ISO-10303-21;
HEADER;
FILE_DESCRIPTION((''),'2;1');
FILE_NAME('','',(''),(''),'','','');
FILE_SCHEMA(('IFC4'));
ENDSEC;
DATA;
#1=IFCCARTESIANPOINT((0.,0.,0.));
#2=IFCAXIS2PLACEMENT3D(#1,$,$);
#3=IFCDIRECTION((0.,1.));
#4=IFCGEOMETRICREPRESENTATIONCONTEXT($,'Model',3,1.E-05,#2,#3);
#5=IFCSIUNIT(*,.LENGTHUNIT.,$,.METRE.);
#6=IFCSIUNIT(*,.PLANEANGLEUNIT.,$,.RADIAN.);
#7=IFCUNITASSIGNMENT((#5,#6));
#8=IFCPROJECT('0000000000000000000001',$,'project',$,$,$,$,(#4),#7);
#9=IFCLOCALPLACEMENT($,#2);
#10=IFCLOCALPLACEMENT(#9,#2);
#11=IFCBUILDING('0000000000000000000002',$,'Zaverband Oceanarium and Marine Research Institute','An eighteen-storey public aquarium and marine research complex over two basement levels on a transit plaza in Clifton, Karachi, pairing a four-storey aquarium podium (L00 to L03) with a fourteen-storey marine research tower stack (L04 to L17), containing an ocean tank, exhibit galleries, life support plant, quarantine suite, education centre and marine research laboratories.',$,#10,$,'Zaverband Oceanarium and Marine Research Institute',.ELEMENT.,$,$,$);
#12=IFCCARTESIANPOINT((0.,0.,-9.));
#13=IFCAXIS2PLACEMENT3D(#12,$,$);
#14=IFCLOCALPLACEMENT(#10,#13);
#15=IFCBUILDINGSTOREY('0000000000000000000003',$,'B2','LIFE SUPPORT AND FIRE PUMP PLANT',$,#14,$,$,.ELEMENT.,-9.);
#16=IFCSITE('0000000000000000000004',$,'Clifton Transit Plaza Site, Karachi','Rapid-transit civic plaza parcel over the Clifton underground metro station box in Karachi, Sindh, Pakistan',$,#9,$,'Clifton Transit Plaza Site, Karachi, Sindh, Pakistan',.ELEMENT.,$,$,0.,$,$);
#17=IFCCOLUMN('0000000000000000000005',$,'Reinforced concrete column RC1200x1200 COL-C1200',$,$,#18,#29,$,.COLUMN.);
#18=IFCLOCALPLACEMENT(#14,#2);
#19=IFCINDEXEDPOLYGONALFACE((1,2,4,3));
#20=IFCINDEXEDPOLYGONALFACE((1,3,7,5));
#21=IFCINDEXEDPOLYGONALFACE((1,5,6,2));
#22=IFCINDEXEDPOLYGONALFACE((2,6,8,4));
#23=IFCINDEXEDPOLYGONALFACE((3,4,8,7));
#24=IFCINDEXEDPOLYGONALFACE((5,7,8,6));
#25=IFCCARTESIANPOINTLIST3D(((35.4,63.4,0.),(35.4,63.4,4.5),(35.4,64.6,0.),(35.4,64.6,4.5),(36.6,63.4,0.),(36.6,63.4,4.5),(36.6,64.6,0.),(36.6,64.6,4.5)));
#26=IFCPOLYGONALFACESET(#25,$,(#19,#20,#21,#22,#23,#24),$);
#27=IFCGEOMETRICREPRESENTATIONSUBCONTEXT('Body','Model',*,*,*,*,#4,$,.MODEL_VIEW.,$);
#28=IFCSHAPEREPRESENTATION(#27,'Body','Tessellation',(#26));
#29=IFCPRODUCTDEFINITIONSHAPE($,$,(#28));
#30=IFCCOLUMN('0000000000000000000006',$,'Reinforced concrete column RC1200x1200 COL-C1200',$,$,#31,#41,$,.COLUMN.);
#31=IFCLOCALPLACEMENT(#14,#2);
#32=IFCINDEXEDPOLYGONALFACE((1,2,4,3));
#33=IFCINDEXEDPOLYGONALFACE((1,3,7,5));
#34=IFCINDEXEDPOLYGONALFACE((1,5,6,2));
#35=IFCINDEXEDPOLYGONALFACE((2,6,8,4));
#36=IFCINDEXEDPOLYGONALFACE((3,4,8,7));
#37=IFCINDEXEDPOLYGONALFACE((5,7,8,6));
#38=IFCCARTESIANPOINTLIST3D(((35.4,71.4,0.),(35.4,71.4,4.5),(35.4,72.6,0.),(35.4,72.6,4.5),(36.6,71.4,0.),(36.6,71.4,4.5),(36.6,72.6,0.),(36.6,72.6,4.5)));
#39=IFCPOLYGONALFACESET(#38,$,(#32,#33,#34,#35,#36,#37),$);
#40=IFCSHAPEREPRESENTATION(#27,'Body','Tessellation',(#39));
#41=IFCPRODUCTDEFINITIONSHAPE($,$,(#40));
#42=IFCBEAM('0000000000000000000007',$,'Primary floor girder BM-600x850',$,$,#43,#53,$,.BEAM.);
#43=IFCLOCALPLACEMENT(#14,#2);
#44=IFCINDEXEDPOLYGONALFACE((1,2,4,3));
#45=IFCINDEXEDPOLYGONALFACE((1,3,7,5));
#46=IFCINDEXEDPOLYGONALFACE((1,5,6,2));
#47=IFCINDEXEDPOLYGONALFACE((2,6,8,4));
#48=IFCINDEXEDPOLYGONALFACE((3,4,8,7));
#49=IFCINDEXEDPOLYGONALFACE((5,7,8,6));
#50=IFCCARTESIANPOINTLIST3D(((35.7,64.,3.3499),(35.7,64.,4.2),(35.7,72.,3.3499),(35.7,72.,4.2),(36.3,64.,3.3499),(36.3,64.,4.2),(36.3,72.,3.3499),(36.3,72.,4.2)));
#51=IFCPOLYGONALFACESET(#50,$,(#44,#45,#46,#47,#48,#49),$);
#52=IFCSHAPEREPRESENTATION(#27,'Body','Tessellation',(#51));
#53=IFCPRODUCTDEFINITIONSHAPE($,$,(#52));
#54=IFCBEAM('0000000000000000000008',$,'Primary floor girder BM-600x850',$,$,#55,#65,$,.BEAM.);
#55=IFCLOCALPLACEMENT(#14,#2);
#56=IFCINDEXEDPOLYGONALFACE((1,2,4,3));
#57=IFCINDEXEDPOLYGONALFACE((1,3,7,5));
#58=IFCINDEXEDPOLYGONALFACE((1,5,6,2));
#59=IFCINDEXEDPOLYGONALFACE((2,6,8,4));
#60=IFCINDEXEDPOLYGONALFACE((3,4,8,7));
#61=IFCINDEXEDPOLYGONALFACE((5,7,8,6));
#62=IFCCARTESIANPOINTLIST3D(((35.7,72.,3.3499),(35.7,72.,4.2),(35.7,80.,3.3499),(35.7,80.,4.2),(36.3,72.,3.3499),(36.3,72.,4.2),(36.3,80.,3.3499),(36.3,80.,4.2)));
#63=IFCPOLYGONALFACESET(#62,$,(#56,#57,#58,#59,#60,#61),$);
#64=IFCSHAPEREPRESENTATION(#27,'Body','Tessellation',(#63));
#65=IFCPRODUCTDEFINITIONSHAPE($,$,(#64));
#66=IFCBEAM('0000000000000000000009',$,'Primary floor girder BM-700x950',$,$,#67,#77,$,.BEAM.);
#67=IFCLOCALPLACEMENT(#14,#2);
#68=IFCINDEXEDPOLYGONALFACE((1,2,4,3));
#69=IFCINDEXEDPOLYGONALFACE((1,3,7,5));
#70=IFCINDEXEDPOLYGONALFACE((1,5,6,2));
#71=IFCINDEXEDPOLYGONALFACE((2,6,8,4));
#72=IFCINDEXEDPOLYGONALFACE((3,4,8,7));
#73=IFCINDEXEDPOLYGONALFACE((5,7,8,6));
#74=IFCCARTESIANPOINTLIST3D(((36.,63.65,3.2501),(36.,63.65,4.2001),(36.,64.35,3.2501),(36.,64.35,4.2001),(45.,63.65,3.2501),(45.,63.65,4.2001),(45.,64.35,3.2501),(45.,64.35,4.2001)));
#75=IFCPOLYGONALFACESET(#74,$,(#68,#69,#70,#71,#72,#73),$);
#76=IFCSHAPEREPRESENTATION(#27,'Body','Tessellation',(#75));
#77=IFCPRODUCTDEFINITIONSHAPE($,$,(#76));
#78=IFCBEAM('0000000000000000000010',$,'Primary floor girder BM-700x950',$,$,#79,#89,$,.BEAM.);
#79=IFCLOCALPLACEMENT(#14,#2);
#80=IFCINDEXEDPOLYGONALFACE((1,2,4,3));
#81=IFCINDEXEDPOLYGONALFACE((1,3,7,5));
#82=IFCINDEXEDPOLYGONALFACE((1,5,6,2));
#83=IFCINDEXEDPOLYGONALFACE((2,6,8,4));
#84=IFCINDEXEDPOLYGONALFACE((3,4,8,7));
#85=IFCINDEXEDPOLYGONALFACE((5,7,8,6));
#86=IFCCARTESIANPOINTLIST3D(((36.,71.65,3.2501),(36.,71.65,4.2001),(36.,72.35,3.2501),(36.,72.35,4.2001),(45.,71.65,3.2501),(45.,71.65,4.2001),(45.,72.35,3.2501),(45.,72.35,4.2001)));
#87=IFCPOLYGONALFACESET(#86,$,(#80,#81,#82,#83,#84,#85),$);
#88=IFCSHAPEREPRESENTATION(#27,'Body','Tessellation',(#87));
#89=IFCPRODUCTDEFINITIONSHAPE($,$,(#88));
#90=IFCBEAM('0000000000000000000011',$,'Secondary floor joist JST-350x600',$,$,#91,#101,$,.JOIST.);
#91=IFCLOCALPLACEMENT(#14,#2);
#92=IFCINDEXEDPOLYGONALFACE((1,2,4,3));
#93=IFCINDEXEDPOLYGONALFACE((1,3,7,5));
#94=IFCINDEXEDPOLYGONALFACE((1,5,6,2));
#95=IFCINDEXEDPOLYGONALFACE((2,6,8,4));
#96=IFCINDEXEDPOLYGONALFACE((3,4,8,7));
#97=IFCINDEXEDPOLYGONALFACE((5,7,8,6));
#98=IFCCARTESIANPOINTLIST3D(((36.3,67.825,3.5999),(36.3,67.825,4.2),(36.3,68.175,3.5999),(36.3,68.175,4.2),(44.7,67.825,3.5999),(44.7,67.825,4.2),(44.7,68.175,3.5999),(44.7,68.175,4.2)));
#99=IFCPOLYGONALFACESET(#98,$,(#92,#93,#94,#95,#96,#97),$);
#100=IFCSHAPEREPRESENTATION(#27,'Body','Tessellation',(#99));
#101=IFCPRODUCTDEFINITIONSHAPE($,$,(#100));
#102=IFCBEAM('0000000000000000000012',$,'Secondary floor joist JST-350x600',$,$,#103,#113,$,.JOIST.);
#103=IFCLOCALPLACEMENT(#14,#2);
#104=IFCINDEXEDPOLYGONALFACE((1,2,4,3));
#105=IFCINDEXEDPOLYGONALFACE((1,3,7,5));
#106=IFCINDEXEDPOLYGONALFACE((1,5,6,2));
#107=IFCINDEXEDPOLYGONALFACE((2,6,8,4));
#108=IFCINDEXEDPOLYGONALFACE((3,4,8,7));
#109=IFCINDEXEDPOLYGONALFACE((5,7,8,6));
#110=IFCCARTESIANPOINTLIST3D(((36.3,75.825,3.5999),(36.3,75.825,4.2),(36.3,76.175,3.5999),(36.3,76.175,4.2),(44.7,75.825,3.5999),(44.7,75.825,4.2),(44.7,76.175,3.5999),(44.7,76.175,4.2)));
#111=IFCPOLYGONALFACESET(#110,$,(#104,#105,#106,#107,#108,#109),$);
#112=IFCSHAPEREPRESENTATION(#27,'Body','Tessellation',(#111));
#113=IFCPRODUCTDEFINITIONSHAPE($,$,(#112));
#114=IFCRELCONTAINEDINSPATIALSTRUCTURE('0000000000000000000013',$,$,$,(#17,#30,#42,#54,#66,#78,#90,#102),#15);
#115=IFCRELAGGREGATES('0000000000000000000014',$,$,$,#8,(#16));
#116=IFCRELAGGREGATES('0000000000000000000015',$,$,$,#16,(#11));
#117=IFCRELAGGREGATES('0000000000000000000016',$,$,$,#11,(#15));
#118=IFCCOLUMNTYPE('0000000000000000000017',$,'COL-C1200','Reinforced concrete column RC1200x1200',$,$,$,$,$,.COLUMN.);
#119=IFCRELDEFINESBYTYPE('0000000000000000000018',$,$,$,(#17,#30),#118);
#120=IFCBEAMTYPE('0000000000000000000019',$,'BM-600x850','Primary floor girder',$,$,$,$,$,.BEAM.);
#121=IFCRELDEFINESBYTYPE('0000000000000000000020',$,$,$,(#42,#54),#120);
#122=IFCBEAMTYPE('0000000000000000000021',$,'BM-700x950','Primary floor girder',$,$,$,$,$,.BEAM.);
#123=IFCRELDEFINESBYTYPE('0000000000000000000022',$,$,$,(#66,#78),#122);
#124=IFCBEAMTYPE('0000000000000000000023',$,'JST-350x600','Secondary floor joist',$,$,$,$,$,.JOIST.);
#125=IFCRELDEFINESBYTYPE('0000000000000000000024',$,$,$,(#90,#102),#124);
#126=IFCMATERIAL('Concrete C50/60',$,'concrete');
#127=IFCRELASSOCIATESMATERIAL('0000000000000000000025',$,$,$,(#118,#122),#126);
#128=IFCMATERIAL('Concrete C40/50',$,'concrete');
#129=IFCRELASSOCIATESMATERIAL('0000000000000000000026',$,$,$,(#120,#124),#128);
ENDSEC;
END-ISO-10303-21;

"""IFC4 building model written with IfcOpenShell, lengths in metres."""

from ifc_helpers import new_model, si_unit, direction, frame, origin, origin_2d, place, context, subcontext, project, spatial, rectangle, extrude, material, material_profile, profile_set, type_object, element, save


model = new_model("IFC4")

# Units and contexts
model_context = context("Model", 3, precision=1e-05, world=origin(), true_north=direction((0.0, 1.0)))
body_context = subcontext(model_context, "Body", "Model", "MODEL_VIEW")
ifc_project = project(units=[si_unit("LENGTHUNIT", "METRE"), si_unit("PLANEANGLEUNIT", "RADIAN")], contexts=[model_context])

# Site, building, storey
site_placement = place(None, origin())
site = spatial("IfcSite", under=ifc_project, at=site_placement, Name="Clifton Transit Plaza Site, Karachi", Description="Rapid-transit civic plaza parcel over the Clifton underground metro station box in Karachi, Sindh, Pakistan", LongName="Clifton Transit Plaza Site, Karachi, Sindh, Pakistan", CompositionType="ELEMENT", RefElevation=0.0)
building_placement = place(site_placement, origin())
building = spatial("IfcBuilding", under=site, at=building_placement, Name="Zaverband Oceanarium and Marine Research Institute", Description="An eighteen-storey public aquarium and marine research complex over two basement levels on a transit plaza in Clifton, Karachi, pairing a four-storey aquarium podium (L00 to L03) with a fourteen-storey marine research tower stack (L04 to L17), containing an ocean tank, exhibit galleries, life support plant, quarantine suite, education centre and marine research laboratories.", LongName="Zaverband Oceanarium and Marine Research Institute", CompositionType="ELEMENT")
storey_placement = place(building_placement, frame((0.0, 0.0, -9.0)))
storey = spatial("IfcBuildingStorey", under=building, at=storey_placement, Name="B2", Description="LIFE SUPPORT AND FIRE PUMP PLANT", CompositionType="ELEMENT", Elevation=-9.0)

# Shared definitions
ifc_material_1 = material(Name="Concrete C50/60", Category="concrete")

# Columns
ifc_material_profile_1 = material_profile(ifc_material_1, rectangle(XDim=1.2, YDim=1.2, at=origin_2d()), Name="RC1200x1200")
ifc_profile_set_1 = profile_set([ifc_material_profile_1], Name="Concrete C50/60")
column_type = type_object("IfcColumnType", Name="COL-C1200", Description="Reinforced concrete column RC1200x1200", PredefinedType="COLUMN", material=ifc_profile_set_1)
for number, where, z_axis, x_axis, name in (
    (1, (36.0, 64.0, 0.0), (0.0, 0.0, 1.0), (1.0, 0.0, 0.0), "Reinforced concrete column RC1200x1200 COL-C1200"),
    (2, (36.0, 72.0, 0.0), (0.0, 0.0, 1.0), (1.0, 0.0, 0.0), "Reinforced concrete column RC1200x1200 COL-C1200"),
):
    element("IfcColumn", number, at=place(storey_placement, frame(where, z_axis=z_axis, x_axis=x_axis)), inside=storey, type_object=column_type, Name=name, PredefinedType="COLUMN", context=body_context, shape_type="SweptSolid", body=[
        extrude(rectangle(XDim=1.2, YDim=1.2, at=origin_2d()), origin(), (0.0, 0.0, 1.0), 4.5),
    ])

# Beams
ifc_material_2 = material(Name="Concrete C40/50", Category="concrete")
ifc_material_profile_2 = material_profile(ifc_material_2, rectangle(XDim=0.6001, YDim=0.8501, at=origin_2d()), Name="RC600x850")
ifc_profile_set_2 = profile_set([ifc_material_profile_2], Name="Concrete C40/50")
beam_type_1 = type_object("IfcBeamType", Name="BM-600x850", Description="Primary floor girder", PredefinedType="BEAM", material=ifc_profile_set_2)
for number, where, z_axis, x_axis, name in (
    (3, (36.0, 64.0, 3.7749), (0.0, 1.0, 0.0), (-1.0, 0.0, 0.0), "Primary floor girder BM-600x850"),
    (4, (36.0, 72.0, 3.7749), (0.0, 1.0, 0.0), (-1.0, 0.0, 0.0), "Primary floor girder BM-600x850"),
):
    element("IfcBeam", number, at=place(storey_placement, frame(where, z_axis=z_axis, x_axis=x_axis)), inside=storey, type_object=beam_type_1, Name=name, PredefinedType="BEAM", context=body_context, shape_type="SweptSolid", body=[
        extrude(rectangle(XDim=0.6001, YDim=0.8501, at=origin_2d()), origin(), (0.0, 0.0, 1.0), 8.0),
    ])
ifc_material_profile_3 = material_profile(ifc_material_1, rectangle(XDim=0.7, YDim=0.95, at=origin_2d()), Name="RC700x950")
ifc_profile_set_3 = profile_set([ifc_material_profile_3], Name="Concrete C50/60")
beam_type_2 = type_object("IfcBeamType", Name="BM-700x950", Description="Primary floor girder", PredefinedType="BEAM", material=ifc_profile_set_3)
for number, where, z_axis, x_axis, name in (
    (5, (36.0, 64.0, 3.7251), (1.0, 0.0, 0.0), (0.0, 1.0, 0.0), "Primary floor girder BM-700x950"),
    (6, (36.0, 72.0, 3.7251), (1.0, 0.0, 0.0), (0.0, 1.0, 0.0), "Primary floor girder BM-700x950"),
):
    element("IfcBeam", number, at=place(storey_placement, frame(where, z_axis=z_axis, x_axis=x_axis)), inside=storey, type_object=beam_type_2, Name=name, PredefinedType="BEAM", context=body_context, shape_type="SweptSolid", body=[
        extrude(rectangle(XDim=0.7, YDim=0.95, at=origin_2d()), origin(), (0.0, 0.0, 1.0), 9.0),
    ])
ifc_material_profile_4 = material_profile(ifc_material_2, rectangle(XDim=0.3501, YDim=0.6001, at=origin_2d()), Name="RC350x600")
ifc_profile_set_4 = profile_set([ifc_material_profile_4], Name="Concrete C40/50")
beam_type_3 = type_object("IfcBeamType", Name="JST-350x600", Description="Secondary floor joist", PredefinedType="JOIST", material=ifc_profile_set_4)
for number, where, z_axis, x_axis, name in (
    (7, (36.3, 68.0, 3.8999), (1.0, 0.0, 0.0), (0.0, 1.0, 0.0), "Secondary floor joist JST-350x600"),
    (8, (36.3, 76.0, 3.8999), (1.0, 0.0, 0.0), (0.0, 1.0, 0.0), "Secondary floor joist JST-350x600"),
):
    element("IfcBeam", number, at=place(storey_placement, frame(where, z_axis=z_axis, x_axis=x_axis)), inside=storey, type_object=beam_type_3, Name=name, PredefinedType="JOIST", context=body_context, shape_type="SweptSolid", body=[
        extrude(rectangle(XDim=0.3501, YDim=0.6001, at=origin_2d()), origin(), (0.0, 0.0, 1.0), 8.3999),
    ])

save(model, "model.ifc")
